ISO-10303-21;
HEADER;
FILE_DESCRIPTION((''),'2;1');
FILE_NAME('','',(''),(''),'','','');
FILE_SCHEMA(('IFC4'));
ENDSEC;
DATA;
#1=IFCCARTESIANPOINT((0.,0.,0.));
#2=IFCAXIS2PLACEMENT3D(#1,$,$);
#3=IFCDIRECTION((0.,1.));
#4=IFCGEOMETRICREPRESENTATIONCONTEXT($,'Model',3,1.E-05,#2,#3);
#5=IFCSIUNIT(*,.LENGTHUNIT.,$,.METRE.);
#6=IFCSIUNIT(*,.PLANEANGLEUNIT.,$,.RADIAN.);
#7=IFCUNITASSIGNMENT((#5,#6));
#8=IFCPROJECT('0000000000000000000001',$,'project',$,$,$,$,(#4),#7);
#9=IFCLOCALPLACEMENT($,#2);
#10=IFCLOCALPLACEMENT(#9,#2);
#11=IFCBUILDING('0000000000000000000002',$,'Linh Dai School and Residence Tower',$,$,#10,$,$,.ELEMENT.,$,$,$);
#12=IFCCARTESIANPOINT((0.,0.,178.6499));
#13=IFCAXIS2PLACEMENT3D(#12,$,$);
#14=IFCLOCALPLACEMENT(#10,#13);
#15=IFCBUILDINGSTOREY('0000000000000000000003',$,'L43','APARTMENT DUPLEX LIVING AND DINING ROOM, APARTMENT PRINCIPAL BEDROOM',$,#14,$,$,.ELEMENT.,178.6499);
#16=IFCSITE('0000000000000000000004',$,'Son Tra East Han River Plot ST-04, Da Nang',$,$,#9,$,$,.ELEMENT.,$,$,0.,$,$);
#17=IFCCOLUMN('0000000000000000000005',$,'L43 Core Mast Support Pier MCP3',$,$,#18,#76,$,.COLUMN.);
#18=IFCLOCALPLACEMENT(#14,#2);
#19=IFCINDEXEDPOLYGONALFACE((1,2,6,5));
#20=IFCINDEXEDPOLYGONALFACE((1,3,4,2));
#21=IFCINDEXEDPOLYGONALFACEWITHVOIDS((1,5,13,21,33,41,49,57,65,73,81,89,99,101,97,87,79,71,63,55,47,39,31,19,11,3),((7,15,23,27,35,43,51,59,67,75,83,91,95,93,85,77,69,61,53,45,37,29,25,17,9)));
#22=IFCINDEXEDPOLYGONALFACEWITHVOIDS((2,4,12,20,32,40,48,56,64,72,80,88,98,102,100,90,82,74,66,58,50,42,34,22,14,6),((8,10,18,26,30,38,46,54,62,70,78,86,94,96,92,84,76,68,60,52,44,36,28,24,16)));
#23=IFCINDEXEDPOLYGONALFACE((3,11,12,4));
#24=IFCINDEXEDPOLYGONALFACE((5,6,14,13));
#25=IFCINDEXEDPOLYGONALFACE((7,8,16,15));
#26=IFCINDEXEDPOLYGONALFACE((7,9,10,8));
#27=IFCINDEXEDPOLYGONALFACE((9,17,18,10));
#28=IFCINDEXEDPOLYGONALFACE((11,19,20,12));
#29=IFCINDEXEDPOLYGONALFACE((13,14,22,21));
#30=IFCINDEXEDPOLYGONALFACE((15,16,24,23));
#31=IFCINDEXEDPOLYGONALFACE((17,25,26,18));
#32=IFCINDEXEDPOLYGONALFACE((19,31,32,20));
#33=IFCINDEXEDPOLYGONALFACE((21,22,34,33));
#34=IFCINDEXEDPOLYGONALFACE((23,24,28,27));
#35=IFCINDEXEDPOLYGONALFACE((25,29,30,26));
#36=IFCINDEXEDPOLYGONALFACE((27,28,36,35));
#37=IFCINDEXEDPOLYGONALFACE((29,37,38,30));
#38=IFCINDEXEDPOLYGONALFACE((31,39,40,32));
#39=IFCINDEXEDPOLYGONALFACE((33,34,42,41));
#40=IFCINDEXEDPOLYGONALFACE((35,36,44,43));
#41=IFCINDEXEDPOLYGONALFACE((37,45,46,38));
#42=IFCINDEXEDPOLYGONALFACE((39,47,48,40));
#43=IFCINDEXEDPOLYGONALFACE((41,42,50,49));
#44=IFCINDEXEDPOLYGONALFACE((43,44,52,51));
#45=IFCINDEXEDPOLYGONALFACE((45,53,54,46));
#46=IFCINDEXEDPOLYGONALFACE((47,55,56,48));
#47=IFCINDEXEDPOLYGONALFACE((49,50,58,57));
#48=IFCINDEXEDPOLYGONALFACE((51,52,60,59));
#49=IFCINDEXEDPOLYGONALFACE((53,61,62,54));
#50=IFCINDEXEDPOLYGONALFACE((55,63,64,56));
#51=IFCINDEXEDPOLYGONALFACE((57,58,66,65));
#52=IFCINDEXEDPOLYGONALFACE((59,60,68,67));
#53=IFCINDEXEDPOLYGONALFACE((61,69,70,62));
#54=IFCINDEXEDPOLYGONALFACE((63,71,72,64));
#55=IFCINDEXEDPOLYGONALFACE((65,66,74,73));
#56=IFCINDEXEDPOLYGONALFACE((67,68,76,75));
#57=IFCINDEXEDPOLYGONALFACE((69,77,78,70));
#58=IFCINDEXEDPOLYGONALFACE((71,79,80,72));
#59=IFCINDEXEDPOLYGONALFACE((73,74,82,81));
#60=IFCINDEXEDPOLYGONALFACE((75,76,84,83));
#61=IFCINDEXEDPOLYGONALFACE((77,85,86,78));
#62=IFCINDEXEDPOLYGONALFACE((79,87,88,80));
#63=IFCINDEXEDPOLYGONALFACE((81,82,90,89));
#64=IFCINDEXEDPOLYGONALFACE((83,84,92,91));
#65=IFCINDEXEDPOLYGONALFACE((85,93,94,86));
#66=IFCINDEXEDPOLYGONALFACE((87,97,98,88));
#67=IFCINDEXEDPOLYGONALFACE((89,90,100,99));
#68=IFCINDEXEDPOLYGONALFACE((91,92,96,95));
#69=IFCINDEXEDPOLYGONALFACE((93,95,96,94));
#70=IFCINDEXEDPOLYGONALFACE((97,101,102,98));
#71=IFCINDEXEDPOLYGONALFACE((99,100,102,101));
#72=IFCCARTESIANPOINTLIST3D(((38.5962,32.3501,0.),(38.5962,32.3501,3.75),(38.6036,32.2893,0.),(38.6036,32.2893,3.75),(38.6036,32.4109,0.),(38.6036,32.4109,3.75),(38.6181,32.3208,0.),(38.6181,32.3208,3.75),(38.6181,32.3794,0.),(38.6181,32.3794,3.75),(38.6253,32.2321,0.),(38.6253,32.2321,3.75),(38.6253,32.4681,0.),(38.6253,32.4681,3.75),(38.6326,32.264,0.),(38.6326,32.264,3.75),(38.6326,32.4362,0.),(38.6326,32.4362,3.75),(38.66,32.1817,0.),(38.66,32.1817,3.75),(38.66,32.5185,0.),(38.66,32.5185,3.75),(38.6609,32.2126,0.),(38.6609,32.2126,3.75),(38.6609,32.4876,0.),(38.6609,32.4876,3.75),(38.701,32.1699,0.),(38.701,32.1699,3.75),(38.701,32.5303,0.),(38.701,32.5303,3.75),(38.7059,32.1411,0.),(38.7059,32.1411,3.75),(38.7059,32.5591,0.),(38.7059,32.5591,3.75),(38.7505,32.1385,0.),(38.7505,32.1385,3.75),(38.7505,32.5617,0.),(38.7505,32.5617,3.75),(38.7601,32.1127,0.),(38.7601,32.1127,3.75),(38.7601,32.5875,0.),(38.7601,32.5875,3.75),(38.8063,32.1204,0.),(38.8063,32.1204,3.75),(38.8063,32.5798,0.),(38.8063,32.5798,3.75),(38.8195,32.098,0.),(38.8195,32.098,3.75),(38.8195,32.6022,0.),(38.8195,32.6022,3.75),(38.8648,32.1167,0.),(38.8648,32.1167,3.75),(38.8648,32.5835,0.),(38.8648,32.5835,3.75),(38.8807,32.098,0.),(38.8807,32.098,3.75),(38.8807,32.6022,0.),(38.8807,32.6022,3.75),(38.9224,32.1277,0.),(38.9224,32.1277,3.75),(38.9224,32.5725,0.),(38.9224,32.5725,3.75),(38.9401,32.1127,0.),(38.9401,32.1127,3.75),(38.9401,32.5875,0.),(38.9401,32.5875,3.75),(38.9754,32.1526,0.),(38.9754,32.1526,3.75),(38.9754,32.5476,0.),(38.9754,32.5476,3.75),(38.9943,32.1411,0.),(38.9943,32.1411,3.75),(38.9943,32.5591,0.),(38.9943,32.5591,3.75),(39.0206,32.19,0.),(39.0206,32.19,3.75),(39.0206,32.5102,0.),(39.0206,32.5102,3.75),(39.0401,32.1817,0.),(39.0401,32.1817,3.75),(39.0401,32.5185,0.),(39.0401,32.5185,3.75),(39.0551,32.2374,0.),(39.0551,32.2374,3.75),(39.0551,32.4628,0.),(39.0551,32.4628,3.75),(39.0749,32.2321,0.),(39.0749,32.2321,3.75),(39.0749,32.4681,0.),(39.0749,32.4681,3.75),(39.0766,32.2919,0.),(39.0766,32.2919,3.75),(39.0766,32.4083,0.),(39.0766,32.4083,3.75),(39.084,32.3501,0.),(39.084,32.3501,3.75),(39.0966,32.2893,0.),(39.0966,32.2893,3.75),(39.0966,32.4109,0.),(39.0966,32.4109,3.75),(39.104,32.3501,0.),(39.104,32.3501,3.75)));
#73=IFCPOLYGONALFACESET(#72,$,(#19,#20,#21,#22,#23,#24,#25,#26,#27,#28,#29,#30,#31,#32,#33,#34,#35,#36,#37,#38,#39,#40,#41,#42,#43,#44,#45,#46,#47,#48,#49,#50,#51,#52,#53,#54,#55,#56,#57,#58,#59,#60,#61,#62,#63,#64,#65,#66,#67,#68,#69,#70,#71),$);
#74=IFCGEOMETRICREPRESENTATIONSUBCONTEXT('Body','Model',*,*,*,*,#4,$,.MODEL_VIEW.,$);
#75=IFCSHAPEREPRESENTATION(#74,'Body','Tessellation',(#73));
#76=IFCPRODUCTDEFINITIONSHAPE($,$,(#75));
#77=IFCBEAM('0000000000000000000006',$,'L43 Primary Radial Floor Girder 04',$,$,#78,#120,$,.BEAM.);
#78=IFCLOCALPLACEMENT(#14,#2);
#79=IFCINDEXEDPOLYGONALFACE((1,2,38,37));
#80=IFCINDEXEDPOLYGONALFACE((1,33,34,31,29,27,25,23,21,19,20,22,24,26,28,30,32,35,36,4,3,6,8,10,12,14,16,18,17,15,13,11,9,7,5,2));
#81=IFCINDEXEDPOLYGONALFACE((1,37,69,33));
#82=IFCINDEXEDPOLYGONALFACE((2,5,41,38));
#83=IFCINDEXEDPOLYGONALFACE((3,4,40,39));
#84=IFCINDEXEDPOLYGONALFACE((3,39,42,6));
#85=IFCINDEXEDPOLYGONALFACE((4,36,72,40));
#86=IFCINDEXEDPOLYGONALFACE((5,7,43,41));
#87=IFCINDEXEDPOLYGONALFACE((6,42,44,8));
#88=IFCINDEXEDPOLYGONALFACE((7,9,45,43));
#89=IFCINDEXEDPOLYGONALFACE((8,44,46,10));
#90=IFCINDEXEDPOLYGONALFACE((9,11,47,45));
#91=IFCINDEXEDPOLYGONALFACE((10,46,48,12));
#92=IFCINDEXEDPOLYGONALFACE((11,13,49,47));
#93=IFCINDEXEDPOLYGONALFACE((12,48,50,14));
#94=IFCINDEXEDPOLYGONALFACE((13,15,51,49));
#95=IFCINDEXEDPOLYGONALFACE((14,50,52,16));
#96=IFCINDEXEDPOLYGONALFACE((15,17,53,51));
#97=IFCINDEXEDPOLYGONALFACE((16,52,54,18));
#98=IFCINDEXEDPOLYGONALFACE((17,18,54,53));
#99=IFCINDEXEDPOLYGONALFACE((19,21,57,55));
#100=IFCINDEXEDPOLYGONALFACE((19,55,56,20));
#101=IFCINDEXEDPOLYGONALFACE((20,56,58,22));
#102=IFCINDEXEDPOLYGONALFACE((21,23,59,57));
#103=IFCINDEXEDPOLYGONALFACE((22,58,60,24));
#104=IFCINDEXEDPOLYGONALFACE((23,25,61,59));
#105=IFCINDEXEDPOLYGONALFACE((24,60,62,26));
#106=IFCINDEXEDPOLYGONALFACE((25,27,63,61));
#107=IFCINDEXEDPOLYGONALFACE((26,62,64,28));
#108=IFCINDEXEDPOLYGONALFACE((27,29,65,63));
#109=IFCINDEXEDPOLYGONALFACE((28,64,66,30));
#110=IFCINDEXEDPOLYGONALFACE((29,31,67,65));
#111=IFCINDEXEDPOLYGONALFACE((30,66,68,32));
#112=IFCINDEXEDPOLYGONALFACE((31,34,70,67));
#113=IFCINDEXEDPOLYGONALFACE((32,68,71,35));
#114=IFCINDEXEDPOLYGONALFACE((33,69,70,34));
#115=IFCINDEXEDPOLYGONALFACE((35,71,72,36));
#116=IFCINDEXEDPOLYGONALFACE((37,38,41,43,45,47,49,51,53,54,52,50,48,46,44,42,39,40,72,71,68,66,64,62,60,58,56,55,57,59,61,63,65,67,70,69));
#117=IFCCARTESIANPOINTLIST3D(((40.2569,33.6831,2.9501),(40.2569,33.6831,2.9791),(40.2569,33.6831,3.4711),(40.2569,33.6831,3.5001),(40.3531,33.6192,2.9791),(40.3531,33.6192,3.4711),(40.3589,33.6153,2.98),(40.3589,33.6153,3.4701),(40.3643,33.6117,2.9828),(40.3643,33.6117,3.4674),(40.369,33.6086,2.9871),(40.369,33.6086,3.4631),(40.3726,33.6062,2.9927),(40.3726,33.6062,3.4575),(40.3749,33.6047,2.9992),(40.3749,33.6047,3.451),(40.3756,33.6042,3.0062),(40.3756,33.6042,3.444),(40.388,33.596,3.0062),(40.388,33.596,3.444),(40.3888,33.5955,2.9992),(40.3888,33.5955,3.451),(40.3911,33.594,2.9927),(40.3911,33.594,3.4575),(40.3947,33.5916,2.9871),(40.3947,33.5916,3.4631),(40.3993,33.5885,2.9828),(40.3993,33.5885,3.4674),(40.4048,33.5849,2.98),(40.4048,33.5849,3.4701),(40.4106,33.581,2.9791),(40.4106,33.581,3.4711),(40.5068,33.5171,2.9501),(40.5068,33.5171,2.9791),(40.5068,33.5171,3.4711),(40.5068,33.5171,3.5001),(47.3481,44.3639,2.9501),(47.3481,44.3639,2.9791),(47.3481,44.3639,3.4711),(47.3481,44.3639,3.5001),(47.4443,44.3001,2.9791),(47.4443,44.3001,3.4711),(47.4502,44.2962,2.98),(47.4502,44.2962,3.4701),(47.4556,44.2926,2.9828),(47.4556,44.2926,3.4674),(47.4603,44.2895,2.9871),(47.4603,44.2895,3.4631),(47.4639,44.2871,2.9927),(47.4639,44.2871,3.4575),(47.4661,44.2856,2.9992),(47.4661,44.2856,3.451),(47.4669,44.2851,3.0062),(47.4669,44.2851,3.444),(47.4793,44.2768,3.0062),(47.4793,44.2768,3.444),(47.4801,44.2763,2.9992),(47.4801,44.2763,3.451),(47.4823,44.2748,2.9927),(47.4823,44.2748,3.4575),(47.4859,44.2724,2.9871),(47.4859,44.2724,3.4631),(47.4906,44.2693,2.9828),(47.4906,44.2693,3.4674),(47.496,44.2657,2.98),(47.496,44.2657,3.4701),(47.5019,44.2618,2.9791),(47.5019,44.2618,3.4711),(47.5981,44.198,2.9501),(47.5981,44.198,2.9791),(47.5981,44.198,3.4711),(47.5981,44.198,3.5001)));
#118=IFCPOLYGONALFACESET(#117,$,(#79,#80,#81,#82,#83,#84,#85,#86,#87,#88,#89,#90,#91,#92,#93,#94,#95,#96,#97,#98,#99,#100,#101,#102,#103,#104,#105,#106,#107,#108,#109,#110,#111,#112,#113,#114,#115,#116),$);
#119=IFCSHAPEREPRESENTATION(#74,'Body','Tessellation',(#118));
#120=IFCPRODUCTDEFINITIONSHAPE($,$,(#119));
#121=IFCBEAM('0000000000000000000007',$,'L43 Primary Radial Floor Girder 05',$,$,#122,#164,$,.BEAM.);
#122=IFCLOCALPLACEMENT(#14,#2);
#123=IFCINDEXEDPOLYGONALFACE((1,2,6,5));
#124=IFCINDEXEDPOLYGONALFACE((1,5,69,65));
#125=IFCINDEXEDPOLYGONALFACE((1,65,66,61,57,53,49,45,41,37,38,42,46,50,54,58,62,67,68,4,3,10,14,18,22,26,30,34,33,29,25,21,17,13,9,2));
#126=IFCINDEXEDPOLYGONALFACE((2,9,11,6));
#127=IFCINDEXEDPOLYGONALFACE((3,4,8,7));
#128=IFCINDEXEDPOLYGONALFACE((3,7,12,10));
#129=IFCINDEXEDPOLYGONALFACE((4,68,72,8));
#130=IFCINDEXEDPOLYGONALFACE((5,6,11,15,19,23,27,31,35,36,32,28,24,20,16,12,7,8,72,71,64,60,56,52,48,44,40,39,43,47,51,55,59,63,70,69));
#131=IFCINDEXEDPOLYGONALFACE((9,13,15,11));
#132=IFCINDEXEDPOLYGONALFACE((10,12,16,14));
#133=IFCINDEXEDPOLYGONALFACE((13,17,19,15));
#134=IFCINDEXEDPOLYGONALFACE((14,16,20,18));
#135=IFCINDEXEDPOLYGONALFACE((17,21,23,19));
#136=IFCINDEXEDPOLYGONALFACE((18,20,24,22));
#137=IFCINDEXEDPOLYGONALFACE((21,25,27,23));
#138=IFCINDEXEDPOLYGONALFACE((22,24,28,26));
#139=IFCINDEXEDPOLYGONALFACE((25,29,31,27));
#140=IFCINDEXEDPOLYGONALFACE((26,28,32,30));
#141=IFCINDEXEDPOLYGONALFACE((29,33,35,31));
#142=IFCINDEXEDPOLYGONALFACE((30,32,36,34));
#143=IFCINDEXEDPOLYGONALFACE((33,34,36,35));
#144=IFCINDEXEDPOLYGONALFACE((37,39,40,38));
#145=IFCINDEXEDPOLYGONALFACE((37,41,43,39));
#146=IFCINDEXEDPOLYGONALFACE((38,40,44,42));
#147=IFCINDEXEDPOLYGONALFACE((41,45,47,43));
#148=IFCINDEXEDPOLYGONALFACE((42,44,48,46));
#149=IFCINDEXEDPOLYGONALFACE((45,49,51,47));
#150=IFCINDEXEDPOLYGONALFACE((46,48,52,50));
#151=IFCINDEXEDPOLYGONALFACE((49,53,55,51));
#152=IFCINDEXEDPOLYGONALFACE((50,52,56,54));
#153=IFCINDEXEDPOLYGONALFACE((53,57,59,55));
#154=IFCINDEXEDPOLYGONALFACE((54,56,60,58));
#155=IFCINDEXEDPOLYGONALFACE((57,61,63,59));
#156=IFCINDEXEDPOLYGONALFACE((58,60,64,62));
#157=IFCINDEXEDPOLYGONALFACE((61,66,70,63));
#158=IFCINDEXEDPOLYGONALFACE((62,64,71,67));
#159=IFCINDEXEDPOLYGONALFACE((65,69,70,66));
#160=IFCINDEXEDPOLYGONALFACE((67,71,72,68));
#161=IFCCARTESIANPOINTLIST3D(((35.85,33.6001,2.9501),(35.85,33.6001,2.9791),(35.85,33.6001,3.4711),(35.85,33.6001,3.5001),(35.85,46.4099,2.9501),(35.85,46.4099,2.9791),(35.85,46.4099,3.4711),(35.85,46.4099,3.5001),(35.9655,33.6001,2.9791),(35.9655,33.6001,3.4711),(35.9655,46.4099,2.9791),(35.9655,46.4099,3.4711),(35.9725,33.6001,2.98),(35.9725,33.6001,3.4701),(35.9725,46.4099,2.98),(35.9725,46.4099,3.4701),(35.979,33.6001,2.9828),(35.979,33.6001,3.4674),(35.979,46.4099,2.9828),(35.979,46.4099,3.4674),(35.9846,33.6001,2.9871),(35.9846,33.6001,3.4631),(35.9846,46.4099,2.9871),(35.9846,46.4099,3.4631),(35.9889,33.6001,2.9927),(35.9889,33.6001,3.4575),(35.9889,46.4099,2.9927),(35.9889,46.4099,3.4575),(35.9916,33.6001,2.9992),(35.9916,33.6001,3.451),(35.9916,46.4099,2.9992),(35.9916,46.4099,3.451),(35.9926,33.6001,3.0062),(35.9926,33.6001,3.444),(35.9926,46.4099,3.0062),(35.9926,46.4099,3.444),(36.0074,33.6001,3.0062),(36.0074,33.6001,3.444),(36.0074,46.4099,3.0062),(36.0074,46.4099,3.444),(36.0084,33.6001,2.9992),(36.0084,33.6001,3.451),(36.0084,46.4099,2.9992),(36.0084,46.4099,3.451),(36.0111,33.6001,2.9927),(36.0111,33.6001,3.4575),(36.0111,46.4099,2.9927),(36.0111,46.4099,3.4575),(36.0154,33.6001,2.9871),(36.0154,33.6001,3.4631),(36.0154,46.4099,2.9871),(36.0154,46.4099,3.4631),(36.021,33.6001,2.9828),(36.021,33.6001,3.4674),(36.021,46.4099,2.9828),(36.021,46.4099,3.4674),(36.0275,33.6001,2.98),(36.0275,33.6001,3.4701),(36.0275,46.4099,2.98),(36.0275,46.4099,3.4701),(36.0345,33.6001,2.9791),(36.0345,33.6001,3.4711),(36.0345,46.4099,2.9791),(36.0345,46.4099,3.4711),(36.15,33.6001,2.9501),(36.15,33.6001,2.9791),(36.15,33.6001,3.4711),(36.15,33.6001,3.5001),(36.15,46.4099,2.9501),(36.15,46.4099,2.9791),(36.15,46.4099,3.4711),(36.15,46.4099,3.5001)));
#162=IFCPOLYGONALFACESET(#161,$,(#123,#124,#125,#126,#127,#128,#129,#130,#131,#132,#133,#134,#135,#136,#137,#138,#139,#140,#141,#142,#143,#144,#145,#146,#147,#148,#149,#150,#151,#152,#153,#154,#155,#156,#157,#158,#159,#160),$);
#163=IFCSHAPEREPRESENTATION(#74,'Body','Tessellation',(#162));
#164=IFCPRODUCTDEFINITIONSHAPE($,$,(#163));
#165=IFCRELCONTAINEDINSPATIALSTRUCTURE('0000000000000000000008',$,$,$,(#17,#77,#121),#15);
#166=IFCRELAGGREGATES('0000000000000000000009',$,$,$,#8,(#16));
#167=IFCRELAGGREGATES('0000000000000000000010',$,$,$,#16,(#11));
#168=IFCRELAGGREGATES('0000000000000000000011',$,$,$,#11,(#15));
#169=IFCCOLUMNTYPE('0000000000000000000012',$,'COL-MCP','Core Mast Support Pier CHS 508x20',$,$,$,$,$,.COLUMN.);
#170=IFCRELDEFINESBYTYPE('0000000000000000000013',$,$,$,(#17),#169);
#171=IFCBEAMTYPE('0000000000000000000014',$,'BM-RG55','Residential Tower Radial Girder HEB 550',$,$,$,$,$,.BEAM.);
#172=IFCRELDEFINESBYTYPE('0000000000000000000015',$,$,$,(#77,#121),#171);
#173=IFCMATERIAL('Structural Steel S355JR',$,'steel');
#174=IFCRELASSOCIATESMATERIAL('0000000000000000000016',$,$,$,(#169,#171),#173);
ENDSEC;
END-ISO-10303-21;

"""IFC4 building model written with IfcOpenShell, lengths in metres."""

from ifc_helpers import new_model, si_unit, direction, frame, origin, origin_2d, place, context, subcontext, project, spatial, hollow_circle, i_section, extrude, material, material_profile, profile_set, type_object, element, save


model = new_model("IFC4")

# Units and contexts
model_context = context("Model", 3, precision=1e-05, world=origin(), true_north=direction((0.0, 1.0)))
body_context = subcontext(model_context, "Body", "Model", "MODEL_VIEW")
ifc_project = project(units=[si_unit("LENGTHUNIT", "METRE"), si_unit("PLANEANGLEUNIT", "RADIAN")], contexts=[model_context])

# Site, building, storey
site_placement = place(None, origin())
site = spatial("IfcSite", under=ifc_project, at=site_placement, Name="Son Tra East Han River Plot ST-04, Da Nang", CompositionType="ELEMENT", RefElevation=0.0)
building_placement = place(site_placement, origin())
building = spatial("IfcBuilding", under=site, at=building_placement, Name="Linh Dai School and Residence Tower", CompositionType="ELEMENT")
storey_placement = place(building_placement, frame((0.0, 0.0, 178.6499)))
storey = spatial("IfcBuildingStorey", under=building, at=storey_placement, Name="L43", Description="APARTMENT DUPLEX LIVING AND DINING ROOM, APARTMENT PRINCIPAL BEDROOM", CompositionType="ELEMENT", Elevation=178.6499)

# Column
ifc_material_1 = material(Name="Structural Steel S355JR", Category="steel")
ifc_material_profile_1 = material_profile(ifc_material_1, hollow_circle(Radius=0.2539, WallThickness=0.02, at=origin_2d()), Name="CHS 508x20")
ifc_profile_set_1 = profile_set([ifc_material_profile_1], Name="Structural Steel S355JR")
column_type_1 = type_object("IfcColumnType", Name="COL-MCP", Description="Core Mast Support Pier CHS 508x20", PredefinedType="COLUMN", material=ifc_profile_set_1)
column_placement = place(storey_placement, frame((38.8501, 32.3501, 0.0), z_axis=(0.0, 0.0, 1.0), x_axis=(1.0, 0.0, 0.0)))
element("IfcColumn", 1, at=column_placement, inside=storey, type_object=column_type_1, Name="L43 Core Mast Support Pier MCP3", PredefinedType="COLUMN", context=body_context, shape_type="SweptSolid", body=[
    extrude(hollow_circle(Radius=0.2539, WallThickness=0.02, at=origin_2d()), origin(), (0.0, 0.0, 1.0), 3.75),
])

# Beams
ifc_material_profile_2 = material_profile(ifc_material_1, i_section(OverallWidth=0.3, OverallDepth=0.55, WebThickness=0.0149, FlangeThickness=0.0291, FilletRadius=0.0271, at=origin_2d()), Name="HEB 550")
ifc_profile_set_2 = profile_set([ifc_material_profile_2], Name="Structural Steel S355JR")
beam_type_1 = type_object("IfcBeamType", Name="BM-RG55", Description="Residential Tower Radial Girder HEB 550", PredefinedType="BEAM", material=ifc_profile_set_2)
beam_1_placement = place(storey_placement, frame((40.3818, 33.6001, 3.2251), z_axis=(0.553117, 0.833103, 0.0), x_axis=(-0.833103, 0.553117, 0.0)))
element("IfcBeam", 2, at=beam_1_placement, inside=storey, type_object=beam_type_1, Name="L43 Primary Radial Floor Girder 04", PredefinedType="BEAM", context=body_context, shape_type="SweptSolid", body=[
    extrude(i_section(OverallWidth=0.3, OverallDepth=0.55, WebThickness=0.0149, FlangeThickness=0.0291, FilletRadius=0.0271, at=origin_2d()), origin(), (0.0, 0.0, 1.0), 12.8206),
])
beam_2_placement = place(storey_placement, frame((36.0, 33.6001, 3.2251), z_axis=(0.0, 1.0, 0.0), x_axis=(-1.0, 0.0, 0.0)))
element("IfcBeam", 3, at=beam_2_placement, inside=storey, type_object=beam_type_1, Name="L43 Primary Radial Floor Girder 05", PredefinedType="BEAM", context=body_context, shape_type="SweptSolid", body=[
    extrude(i_section(OverallWidth=0.3, OverallDepth=0.55, WebThickness=0.0149, FlangeThickness=0.0291, FilletRadius=0.0271, at=origin_2d()), origin(), (0.0, 0.0, 1.0), 12.8098),
])

save(model, "model.ifc")
